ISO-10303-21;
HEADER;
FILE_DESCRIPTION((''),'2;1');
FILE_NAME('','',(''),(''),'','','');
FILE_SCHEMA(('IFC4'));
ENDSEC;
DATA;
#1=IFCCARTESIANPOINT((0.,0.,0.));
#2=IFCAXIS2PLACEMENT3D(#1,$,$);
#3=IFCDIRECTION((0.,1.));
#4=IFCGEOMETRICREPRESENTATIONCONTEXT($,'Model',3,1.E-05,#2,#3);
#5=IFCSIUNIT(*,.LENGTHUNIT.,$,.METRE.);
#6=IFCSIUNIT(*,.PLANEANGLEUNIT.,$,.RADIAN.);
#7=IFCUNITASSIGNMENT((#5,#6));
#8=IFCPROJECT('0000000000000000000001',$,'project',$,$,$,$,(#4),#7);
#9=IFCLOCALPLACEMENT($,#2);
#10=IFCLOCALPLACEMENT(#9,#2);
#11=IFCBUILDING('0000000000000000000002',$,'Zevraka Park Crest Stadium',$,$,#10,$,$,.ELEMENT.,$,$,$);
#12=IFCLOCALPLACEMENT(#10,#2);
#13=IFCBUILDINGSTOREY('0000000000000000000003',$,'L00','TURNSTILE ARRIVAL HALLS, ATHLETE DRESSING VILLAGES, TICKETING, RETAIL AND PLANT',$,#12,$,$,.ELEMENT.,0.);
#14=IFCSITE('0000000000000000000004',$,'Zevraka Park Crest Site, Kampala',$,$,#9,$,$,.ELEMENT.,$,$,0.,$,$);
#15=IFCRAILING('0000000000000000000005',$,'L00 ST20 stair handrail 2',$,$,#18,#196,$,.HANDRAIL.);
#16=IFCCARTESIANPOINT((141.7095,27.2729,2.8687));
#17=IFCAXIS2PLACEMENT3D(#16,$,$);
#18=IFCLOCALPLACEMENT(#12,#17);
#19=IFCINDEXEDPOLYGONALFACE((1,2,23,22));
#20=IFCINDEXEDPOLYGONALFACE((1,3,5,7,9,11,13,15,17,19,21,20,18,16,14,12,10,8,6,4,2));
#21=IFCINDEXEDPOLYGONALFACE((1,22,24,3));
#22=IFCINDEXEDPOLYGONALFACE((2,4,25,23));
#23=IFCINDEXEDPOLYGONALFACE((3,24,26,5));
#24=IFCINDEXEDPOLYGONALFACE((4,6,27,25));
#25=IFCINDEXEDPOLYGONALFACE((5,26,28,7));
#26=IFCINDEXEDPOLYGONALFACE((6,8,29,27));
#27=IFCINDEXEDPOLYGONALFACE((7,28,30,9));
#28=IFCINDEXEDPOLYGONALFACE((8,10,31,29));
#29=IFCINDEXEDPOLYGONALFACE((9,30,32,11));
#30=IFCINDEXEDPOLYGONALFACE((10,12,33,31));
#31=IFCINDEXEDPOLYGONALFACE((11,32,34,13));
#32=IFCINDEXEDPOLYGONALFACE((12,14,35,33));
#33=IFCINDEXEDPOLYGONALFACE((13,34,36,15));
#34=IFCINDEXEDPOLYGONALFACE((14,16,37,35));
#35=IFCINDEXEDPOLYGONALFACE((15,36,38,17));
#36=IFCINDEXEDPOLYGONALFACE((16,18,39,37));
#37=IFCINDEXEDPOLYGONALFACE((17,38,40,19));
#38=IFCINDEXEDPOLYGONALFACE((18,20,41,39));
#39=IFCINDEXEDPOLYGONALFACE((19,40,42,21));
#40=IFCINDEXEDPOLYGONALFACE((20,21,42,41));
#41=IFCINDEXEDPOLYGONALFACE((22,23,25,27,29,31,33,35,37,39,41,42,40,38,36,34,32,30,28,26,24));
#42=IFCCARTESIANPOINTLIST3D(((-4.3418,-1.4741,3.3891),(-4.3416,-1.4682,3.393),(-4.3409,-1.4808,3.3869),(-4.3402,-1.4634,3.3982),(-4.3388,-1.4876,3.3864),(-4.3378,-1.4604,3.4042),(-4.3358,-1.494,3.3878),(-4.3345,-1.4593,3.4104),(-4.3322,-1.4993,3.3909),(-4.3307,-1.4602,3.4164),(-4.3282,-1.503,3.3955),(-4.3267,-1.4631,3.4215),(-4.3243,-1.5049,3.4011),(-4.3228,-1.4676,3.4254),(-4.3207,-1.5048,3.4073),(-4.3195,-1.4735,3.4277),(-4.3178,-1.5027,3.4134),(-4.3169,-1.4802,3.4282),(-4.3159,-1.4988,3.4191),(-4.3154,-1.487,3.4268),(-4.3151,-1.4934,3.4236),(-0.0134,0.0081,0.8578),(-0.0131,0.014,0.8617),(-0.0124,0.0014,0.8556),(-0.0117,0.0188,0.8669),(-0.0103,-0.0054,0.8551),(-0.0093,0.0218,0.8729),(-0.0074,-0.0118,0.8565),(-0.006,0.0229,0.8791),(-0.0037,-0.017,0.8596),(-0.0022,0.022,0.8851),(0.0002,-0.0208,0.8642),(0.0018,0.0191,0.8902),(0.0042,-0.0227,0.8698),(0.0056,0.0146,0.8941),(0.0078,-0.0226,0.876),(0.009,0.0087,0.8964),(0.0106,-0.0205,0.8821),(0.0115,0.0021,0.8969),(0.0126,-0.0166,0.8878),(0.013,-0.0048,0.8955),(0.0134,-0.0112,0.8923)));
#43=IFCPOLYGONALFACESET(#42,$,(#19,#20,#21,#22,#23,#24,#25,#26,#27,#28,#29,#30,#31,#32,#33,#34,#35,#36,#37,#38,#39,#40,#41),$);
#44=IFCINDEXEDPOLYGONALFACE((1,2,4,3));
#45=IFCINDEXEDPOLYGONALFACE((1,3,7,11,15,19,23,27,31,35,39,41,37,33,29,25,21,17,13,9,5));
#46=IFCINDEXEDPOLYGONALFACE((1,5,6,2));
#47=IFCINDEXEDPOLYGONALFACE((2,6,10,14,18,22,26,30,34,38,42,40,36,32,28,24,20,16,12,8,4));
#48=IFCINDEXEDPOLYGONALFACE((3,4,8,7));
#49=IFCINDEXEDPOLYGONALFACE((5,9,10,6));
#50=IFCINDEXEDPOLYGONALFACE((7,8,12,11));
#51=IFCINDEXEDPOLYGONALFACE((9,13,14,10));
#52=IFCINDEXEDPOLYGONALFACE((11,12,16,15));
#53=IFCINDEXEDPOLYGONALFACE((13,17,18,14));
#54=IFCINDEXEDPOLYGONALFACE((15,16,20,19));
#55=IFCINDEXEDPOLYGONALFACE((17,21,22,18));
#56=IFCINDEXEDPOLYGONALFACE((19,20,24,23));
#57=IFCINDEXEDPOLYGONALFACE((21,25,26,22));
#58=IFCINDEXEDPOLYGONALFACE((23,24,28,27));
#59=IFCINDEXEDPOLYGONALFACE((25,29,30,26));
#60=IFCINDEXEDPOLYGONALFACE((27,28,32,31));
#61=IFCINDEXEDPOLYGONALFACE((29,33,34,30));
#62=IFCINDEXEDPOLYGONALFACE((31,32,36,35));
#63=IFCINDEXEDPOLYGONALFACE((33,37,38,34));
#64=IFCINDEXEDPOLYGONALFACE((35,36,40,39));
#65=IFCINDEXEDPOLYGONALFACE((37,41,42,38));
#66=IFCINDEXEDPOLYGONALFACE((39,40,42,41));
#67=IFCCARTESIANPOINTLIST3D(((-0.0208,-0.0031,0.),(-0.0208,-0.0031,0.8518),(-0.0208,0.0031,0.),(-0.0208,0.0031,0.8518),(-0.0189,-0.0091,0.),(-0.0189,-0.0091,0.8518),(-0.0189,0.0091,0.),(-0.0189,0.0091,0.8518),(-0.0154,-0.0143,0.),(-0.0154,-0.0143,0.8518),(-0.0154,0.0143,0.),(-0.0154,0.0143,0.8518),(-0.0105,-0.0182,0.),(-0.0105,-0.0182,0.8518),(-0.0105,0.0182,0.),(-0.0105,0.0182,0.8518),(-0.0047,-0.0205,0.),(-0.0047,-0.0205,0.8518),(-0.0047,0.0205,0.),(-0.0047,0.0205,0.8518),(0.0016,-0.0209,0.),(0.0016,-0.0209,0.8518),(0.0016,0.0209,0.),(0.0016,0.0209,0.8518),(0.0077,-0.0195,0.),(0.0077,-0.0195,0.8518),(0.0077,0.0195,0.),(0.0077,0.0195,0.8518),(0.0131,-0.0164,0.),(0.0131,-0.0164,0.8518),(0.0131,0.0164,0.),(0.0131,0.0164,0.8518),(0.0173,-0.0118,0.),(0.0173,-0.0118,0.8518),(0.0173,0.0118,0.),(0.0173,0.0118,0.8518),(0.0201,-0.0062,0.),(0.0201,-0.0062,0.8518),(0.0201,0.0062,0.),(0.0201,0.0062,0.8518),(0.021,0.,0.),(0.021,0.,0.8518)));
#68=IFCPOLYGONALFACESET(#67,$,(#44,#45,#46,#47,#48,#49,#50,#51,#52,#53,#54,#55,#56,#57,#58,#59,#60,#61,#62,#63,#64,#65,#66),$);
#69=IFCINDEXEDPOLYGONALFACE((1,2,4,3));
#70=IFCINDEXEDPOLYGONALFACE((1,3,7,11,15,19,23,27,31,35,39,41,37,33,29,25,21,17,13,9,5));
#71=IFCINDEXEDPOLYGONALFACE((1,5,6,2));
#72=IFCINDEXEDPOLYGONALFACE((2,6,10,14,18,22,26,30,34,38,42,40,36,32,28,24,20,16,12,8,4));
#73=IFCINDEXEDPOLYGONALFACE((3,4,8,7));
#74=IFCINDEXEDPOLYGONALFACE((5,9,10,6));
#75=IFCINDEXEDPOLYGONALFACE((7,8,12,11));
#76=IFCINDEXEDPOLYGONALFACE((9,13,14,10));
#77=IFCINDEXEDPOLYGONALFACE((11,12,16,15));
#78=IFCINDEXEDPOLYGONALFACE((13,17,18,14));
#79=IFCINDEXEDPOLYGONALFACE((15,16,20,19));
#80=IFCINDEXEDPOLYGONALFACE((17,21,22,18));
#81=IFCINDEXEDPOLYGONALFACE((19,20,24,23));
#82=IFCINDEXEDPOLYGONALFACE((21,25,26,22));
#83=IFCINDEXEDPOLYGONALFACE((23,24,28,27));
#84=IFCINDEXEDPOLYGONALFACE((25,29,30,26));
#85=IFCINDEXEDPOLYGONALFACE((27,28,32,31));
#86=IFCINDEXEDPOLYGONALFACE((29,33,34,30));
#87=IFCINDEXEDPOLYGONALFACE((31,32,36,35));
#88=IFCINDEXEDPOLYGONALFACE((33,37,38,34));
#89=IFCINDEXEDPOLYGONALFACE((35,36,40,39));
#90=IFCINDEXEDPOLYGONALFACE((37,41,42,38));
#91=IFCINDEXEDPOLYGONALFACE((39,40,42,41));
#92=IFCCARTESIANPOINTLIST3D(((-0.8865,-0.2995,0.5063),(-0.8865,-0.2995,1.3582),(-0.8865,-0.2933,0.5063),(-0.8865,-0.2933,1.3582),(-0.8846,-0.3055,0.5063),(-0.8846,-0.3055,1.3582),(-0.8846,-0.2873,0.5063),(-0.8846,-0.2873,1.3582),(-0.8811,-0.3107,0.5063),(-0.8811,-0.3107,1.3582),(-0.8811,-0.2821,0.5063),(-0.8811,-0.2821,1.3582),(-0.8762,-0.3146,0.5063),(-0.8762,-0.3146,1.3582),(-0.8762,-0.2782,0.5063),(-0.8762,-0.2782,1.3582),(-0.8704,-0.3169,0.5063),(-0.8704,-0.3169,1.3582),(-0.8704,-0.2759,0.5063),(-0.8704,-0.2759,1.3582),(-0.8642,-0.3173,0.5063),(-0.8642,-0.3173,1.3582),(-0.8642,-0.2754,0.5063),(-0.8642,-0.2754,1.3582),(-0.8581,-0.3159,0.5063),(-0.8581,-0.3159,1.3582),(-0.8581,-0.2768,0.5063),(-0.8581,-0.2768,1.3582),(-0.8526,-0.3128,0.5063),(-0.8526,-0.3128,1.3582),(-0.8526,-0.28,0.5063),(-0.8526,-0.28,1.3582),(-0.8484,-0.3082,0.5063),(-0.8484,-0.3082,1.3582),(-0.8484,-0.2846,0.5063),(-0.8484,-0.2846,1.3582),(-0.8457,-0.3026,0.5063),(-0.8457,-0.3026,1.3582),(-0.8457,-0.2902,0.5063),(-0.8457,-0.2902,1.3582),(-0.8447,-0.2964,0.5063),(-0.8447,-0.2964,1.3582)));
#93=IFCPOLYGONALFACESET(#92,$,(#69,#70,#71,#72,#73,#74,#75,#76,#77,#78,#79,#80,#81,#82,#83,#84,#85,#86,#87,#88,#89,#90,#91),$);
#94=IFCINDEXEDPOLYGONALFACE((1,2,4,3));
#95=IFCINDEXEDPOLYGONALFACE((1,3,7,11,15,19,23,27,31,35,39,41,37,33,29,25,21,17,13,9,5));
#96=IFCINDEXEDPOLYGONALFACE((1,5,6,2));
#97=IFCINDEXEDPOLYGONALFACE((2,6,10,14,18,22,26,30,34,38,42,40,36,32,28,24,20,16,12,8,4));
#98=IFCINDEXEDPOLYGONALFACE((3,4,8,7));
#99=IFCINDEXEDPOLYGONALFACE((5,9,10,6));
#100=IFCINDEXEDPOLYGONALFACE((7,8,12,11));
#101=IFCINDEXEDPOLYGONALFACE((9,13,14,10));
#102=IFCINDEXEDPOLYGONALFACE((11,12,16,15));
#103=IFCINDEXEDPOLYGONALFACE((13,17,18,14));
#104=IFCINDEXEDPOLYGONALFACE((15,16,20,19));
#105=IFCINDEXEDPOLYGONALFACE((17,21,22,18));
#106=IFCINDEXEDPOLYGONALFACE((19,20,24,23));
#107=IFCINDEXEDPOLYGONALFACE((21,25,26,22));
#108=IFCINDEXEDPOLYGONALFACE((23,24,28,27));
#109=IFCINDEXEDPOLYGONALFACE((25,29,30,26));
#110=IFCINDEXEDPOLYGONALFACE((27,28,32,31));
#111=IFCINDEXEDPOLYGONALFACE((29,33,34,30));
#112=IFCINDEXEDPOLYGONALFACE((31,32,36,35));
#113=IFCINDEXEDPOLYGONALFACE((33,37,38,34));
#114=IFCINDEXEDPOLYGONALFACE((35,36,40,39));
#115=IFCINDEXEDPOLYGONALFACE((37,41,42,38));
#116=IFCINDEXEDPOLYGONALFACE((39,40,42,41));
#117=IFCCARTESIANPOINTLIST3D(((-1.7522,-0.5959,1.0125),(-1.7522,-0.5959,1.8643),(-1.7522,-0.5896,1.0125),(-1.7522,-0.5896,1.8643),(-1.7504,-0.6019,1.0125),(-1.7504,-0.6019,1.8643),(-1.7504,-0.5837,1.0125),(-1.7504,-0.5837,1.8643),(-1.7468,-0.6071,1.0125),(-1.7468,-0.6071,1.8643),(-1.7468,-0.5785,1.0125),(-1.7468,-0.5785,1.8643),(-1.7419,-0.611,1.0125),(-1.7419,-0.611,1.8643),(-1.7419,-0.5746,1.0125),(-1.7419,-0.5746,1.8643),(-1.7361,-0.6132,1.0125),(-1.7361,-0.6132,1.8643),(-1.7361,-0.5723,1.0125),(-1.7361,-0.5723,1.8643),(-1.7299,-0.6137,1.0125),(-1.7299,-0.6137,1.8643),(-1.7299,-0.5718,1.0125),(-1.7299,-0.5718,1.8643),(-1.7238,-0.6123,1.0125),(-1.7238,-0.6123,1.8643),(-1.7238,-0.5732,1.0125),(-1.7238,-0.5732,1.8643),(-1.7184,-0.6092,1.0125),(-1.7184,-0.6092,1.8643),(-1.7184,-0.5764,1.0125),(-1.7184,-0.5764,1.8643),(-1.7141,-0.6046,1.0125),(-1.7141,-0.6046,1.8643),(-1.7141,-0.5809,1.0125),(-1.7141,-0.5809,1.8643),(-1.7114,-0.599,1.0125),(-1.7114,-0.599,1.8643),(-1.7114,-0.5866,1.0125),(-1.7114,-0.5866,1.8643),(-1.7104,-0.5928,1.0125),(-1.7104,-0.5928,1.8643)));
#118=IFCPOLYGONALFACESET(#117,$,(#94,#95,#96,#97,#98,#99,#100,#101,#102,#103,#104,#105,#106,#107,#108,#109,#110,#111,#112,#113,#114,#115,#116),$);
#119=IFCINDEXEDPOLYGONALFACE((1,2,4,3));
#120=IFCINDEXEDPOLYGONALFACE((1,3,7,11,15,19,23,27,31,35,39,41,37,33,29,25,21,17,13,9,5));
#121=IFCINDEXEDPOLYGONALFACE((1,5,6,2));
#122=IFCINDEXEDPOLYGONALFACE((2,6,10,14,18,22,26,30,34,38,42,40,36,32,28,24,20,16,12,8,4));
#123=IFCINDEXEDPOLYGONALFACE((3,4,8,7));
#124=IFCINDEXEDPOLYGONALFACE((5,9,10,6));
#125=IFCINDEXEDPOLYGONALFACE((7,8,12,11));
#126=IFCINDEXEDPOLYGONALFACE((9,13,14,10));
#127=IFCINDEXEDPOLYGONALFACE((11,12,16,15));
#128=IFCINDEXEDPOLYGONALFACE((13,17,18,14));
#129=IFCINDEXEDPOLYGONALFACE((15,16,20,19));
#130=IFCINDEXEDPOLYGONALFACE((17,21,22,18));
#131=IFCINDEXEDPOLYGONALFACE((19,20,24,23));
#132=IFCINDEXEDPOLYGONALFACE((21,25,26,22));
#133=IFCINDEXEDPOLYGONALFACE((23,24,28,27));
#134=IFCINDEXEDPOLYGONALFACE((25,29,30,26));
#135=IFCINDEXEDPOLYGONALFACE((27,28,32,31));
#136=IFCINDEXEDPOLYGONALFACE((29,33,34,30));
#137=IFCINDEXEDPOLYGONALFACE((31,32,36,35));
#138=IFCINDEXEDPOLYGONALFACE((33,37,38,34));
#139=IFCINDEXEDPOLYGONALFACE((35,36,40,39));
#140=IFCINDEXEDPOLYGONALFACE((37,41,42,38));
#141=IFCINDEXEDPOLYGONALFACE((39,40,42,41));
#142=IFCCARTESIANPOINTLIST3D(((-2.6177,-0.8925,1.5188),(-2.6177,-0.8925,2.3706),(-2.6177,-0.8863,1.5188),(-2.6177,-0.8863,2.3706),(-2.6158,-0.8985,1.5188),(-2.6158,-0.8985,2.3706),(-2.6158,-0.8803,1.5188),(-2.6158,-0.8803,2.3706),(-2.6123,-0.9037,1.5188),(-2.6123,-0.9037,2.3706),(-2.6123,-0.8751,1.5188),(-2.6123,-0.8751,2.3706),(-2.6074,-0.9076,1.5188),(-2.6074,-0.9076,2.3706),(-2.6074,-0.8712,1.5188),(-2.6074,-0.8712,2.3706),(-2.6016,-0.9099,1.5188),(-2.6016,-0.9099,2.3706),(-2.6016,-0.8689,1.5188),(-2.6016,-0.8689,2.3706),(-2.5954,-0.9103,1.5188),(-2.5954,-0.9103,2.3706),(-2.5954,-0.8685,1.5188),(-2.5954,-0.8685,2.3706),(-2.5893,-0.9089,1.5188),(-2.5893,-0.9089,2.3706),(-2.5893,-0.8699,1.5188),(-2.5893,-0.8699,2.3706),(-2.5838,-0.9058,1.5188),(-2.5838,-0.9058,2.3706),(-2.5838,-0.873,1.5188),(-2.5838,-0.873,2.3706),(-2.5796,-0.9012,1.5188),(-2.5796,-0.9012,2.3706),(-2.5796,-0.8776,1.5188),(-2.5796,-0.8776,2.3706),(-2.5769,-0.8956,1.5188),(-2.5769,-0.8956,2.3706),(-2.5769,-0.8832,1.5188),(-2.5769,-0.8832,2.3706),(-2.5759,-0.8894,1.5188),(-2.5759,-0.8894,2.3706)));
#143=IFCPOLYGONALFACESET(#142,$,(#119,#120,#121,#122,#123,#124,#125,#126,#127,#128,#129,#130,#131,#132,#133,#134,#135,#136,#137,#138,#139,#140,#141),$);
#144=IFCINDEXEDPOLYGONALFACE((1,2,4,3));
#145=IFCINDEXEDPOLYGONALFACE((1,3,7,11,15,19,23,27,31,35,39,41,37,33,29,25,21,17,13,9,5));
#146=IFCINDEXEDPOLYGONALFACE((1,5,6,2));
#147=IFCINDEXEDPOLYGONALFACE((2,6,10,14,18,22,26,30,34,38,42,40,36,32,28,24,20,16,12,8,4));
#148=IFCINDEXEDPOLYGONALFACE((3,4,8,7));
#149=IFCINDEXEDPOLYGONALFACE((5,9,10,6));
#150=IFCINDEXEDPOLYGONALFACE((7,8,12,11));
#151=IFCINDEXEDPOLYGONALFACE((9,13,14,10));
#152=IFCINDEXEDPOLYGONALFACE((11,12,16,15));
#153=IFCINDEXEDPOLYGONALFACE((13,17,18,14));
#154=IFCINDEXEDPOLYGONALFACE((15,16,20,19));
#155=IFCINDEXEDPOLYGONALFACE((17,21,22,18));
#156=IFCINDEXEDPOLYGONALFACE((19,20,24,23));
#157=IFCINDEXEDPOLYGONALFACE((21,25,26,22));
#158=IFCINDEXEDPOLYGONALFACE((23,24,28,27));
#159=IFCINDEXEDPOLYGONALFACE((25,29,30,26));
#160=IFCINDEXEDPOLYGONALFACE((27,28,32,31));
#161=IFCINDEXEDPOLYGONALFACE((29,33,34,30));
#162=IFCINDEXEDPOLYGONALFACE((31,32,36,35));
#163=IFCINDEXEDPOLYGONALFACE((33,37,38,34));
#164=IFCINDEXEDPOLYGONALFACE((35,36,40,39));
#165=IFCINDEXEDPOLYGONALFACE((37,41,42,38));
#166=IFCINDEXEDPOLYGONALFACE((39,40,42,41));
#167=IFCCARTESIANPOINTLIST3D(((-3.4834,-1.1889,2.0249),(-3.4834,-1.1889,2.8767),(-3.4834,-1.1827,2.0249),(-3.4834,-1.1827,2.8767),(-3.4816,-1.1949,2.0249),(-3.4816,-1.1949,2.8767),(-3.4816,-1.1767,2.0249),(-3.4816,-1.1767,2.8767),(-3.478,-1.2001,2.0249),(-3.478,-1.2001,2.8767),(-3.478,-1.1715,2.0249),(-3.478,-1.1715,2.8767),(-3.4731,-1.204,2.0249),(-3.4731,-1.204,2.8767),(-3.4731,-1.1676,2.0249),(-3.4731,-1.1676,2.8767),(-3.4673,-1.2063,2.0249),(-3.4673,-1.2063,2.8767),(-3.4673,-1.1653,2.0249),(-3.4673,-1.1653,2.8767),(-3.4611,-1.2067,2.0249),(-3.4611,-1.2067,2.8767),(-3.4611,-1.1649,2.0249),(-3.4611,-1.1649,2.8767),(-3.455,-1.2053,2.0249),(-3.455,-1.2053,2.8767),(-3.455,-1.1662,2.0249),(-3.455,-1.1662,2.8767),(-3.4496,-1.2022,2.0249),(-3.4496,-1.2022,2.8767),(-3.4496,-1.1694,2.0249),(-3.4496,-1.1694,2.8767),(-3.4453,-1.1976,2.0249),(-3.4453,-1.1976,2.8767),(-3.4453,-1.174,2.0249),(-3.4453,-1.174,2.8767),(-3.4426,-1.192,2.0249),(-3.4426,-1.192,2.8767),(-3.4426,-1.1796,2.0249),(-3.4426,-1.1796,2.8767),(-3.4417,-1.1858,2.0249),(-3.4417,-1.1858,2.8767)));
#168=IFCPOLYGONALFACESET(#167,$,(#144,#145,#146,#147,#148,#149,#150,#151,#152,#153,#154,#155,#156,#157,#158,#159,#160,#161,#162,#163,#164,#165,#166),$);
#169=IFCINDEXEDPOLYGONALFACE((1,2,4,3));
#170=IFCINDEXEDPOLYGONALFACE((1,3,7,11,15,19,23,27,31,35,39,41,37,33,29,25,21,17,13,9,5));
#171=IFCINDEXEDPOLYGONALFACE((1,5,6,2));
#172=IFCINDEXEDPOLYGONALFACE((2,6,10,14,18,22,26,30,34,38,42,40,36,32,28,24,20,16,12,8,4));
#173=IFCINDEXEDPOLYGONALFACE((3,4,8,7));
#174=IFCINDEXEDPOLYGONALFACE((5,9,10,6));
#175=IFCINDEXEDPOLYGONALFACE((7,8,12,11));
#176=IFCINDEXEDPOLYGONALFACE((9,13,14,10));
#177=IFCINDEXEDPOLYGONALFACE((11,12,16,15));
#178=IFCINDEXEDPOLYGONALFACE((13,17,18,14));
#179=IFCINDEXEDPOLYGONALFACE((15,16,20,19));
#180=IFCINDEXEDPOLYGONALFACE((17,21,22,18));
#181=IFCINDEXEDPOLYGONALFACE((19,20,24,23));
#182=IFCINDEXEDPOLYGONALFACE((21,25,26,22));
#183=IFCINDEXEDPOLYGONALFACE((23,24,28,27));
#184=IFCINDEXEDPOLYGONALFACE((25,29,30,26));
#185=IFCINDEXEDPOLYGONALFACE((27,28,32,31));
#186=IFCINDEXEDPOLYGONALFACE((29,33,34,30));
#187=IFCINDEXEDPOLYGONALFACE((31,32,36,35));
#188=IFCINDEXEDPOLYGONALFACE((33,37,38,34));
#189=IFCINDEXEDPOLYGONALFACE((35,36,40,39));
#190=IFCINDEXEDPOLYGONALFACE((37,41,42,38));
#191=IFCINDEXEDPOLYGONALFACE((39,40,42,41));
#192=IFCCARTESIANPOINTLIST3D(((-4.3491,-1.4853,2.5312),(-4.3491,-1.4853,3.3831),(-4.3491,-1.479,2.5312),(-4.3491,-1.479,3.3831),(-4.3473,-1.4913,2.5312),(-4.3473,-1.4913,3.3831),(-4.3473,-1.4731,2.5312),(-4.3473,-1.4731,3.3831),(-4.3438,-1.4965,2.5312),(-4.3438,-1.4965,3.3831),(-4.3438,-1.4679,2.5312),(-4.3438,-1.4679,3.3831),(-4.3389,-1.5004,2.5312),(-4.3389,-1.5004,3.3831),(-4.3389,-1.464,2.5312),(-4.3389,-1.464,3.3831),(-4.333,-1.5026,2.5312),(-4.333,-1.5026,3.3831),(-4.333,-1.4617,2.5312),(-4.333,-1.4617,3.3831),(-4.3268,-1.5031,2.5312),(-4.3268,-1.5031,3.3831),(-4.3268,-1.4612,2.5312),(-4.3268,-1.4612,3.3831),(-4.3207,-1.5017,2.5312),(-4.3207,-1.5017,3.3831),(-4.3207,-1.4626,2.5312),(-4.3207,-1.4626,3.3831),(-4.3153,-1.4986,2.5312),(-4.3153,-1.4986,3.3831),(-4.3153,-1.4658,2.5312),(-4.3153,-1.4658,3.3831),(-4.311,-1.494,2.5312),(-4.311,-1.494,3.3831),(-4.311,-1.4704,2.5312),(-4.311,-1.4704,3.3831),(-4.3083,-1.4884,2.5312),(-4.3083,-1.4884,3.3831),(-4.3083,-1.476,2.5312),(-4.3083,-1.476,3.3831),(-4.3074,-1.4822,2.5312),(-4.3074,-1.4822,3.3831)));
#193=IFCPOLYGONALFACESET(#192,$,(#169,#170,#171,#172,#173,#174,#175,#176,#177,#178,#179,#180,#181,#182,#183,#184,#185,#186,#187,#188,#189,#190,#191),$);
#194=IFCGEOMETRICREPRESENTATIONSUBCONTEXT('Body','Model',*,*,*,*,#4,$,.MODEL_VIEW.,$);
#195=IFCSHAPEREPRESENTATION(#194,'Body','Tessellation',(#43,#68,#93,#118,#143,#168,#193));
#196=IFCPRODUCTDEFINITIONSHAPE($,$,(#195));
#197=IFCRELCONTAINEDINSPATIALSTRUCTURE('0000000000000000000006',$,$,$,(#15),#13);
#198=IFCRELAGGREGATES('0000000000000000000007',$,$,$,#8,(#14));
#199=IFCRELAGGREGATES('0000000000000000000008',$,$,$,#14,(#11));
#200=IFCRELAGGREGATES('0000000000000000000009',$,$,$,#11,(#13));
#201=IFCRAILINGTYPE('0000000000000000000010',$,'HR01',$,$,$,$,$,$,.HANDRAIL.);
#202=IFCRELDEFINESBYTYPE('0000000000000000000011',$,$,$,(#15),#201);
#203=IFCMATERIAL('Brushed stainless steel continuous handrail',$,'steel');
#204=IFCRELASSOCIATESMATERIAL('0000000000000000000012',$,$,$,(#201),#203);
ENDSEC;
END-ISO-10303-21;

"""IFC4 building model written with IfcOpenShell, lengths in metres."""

from ifc_helpers import new_model, si_unit, direction, frame, origin, origin_2d, place, context, subcontext, project, spatial, circle, extrude, material, type_object, element, save


model = new_model("IFC4")

# Units and contexts
model_context = context("Model", 3, precision=1e-05, world=origin(), true_north=direction((0.0, 1.0)))
body_context = subcontext(model_context, "Body", "Model", "MODEL_VIEW")
ifc_project = project(units=[si_unit("LENGTHUNIT", "METRE"), si_unit("PLANEANGLEUNIT", "RADIAN")], contexts=[model_context])

# Site, building, storey
site_placement = place(None, origin())
site = spatial("IfcSite", under=ifc_project, at=site_placement, Name="Zevraka Park Crest Site, Kampala", CompositionType="ELEMENT", RefElevation=0.0)
building_placement = place(site_placement, origin())
building = spatial("IfcBuilding", under=site, at=building_placement, Name="Zevraka Park Crest Stadium", CompositionType="ELEMENT")
storey_placement = place(building_placement, origin())
storey = spatial("IfcBuildingStorey", under=building, at=storey_placement, Name="L00", Description="TURNSTILE ARRIVAL HALLS, ATHLETE DRESSING VILLAGES, TICKETING, RETAIL AND PLANT", CompositionType="ELEMENT", Elevation=0.0)

# Railing
ifc_material_1 = material(Name="Brushed stainless steel continuous handrail", Category="steel")
railing_type_1 = type_object("IfcRailingType", Name="HR01", PredefinedType="HANDRAIL", material=ifc_material_1)
for number, where, name in (
    (1, (141.7095, 27.2729, 2.8687), "L00 ST20 stair handrail 2"),
):
    element("IfcRailing", number, at=place(storey_placement, frame(where)), inside=storey, type_object=railing_type_1, Name=name, PredefinedType="HANDRAIL", context=body_context, shape_type="SweptSolid", body=[
        extrude(circle(Radius=0.0239, at=origin_2d()), frame((0.0, 0.0, 0.876), z_axis=(-0.827817, -0.283472, 0.484111), x_axis=(0.323965, -0.946069, 0.0)), (0.0, 0.0, 1.0), 5.2288),
        extrude(circle(Radius=0.021, at=origin_2d()), origin(), (0.0, 0.0, 1.0), 0.8518),
        extrude(circle(Radius=0.021, at=origin_2d()), frame((-0.8657, -0.2964, 0.5063)), (0.0, 0.0, 1.0), 0.8518),
        extrude(circle(Radius=0.021, at=origin_2d()), frame((-1.7314, -0.5928, 1.0125)), (0.0, 0.0, 1.0), 0.8518),
        extrude(circle(Radius=0.021, at=origin_2d()), frame((-2.5969, -0.8894, 1.5188)), (0.0, 0.0, 1.0), 0.8518),
        extrude(circle(Radius=0.021, at=origin_2d()), frame((-3.4626, -1.1858, 2.0249)), (0.0, 0.0, 1.0), 0.8518),
        extrude(circle(Radius=0.021, at=origin_2d()), frame((-4.3284, -1.4822, 2.5312)), (0.0, 0.0, 1.0), 0.8518),
    ])

save(model, "model.ifc")
